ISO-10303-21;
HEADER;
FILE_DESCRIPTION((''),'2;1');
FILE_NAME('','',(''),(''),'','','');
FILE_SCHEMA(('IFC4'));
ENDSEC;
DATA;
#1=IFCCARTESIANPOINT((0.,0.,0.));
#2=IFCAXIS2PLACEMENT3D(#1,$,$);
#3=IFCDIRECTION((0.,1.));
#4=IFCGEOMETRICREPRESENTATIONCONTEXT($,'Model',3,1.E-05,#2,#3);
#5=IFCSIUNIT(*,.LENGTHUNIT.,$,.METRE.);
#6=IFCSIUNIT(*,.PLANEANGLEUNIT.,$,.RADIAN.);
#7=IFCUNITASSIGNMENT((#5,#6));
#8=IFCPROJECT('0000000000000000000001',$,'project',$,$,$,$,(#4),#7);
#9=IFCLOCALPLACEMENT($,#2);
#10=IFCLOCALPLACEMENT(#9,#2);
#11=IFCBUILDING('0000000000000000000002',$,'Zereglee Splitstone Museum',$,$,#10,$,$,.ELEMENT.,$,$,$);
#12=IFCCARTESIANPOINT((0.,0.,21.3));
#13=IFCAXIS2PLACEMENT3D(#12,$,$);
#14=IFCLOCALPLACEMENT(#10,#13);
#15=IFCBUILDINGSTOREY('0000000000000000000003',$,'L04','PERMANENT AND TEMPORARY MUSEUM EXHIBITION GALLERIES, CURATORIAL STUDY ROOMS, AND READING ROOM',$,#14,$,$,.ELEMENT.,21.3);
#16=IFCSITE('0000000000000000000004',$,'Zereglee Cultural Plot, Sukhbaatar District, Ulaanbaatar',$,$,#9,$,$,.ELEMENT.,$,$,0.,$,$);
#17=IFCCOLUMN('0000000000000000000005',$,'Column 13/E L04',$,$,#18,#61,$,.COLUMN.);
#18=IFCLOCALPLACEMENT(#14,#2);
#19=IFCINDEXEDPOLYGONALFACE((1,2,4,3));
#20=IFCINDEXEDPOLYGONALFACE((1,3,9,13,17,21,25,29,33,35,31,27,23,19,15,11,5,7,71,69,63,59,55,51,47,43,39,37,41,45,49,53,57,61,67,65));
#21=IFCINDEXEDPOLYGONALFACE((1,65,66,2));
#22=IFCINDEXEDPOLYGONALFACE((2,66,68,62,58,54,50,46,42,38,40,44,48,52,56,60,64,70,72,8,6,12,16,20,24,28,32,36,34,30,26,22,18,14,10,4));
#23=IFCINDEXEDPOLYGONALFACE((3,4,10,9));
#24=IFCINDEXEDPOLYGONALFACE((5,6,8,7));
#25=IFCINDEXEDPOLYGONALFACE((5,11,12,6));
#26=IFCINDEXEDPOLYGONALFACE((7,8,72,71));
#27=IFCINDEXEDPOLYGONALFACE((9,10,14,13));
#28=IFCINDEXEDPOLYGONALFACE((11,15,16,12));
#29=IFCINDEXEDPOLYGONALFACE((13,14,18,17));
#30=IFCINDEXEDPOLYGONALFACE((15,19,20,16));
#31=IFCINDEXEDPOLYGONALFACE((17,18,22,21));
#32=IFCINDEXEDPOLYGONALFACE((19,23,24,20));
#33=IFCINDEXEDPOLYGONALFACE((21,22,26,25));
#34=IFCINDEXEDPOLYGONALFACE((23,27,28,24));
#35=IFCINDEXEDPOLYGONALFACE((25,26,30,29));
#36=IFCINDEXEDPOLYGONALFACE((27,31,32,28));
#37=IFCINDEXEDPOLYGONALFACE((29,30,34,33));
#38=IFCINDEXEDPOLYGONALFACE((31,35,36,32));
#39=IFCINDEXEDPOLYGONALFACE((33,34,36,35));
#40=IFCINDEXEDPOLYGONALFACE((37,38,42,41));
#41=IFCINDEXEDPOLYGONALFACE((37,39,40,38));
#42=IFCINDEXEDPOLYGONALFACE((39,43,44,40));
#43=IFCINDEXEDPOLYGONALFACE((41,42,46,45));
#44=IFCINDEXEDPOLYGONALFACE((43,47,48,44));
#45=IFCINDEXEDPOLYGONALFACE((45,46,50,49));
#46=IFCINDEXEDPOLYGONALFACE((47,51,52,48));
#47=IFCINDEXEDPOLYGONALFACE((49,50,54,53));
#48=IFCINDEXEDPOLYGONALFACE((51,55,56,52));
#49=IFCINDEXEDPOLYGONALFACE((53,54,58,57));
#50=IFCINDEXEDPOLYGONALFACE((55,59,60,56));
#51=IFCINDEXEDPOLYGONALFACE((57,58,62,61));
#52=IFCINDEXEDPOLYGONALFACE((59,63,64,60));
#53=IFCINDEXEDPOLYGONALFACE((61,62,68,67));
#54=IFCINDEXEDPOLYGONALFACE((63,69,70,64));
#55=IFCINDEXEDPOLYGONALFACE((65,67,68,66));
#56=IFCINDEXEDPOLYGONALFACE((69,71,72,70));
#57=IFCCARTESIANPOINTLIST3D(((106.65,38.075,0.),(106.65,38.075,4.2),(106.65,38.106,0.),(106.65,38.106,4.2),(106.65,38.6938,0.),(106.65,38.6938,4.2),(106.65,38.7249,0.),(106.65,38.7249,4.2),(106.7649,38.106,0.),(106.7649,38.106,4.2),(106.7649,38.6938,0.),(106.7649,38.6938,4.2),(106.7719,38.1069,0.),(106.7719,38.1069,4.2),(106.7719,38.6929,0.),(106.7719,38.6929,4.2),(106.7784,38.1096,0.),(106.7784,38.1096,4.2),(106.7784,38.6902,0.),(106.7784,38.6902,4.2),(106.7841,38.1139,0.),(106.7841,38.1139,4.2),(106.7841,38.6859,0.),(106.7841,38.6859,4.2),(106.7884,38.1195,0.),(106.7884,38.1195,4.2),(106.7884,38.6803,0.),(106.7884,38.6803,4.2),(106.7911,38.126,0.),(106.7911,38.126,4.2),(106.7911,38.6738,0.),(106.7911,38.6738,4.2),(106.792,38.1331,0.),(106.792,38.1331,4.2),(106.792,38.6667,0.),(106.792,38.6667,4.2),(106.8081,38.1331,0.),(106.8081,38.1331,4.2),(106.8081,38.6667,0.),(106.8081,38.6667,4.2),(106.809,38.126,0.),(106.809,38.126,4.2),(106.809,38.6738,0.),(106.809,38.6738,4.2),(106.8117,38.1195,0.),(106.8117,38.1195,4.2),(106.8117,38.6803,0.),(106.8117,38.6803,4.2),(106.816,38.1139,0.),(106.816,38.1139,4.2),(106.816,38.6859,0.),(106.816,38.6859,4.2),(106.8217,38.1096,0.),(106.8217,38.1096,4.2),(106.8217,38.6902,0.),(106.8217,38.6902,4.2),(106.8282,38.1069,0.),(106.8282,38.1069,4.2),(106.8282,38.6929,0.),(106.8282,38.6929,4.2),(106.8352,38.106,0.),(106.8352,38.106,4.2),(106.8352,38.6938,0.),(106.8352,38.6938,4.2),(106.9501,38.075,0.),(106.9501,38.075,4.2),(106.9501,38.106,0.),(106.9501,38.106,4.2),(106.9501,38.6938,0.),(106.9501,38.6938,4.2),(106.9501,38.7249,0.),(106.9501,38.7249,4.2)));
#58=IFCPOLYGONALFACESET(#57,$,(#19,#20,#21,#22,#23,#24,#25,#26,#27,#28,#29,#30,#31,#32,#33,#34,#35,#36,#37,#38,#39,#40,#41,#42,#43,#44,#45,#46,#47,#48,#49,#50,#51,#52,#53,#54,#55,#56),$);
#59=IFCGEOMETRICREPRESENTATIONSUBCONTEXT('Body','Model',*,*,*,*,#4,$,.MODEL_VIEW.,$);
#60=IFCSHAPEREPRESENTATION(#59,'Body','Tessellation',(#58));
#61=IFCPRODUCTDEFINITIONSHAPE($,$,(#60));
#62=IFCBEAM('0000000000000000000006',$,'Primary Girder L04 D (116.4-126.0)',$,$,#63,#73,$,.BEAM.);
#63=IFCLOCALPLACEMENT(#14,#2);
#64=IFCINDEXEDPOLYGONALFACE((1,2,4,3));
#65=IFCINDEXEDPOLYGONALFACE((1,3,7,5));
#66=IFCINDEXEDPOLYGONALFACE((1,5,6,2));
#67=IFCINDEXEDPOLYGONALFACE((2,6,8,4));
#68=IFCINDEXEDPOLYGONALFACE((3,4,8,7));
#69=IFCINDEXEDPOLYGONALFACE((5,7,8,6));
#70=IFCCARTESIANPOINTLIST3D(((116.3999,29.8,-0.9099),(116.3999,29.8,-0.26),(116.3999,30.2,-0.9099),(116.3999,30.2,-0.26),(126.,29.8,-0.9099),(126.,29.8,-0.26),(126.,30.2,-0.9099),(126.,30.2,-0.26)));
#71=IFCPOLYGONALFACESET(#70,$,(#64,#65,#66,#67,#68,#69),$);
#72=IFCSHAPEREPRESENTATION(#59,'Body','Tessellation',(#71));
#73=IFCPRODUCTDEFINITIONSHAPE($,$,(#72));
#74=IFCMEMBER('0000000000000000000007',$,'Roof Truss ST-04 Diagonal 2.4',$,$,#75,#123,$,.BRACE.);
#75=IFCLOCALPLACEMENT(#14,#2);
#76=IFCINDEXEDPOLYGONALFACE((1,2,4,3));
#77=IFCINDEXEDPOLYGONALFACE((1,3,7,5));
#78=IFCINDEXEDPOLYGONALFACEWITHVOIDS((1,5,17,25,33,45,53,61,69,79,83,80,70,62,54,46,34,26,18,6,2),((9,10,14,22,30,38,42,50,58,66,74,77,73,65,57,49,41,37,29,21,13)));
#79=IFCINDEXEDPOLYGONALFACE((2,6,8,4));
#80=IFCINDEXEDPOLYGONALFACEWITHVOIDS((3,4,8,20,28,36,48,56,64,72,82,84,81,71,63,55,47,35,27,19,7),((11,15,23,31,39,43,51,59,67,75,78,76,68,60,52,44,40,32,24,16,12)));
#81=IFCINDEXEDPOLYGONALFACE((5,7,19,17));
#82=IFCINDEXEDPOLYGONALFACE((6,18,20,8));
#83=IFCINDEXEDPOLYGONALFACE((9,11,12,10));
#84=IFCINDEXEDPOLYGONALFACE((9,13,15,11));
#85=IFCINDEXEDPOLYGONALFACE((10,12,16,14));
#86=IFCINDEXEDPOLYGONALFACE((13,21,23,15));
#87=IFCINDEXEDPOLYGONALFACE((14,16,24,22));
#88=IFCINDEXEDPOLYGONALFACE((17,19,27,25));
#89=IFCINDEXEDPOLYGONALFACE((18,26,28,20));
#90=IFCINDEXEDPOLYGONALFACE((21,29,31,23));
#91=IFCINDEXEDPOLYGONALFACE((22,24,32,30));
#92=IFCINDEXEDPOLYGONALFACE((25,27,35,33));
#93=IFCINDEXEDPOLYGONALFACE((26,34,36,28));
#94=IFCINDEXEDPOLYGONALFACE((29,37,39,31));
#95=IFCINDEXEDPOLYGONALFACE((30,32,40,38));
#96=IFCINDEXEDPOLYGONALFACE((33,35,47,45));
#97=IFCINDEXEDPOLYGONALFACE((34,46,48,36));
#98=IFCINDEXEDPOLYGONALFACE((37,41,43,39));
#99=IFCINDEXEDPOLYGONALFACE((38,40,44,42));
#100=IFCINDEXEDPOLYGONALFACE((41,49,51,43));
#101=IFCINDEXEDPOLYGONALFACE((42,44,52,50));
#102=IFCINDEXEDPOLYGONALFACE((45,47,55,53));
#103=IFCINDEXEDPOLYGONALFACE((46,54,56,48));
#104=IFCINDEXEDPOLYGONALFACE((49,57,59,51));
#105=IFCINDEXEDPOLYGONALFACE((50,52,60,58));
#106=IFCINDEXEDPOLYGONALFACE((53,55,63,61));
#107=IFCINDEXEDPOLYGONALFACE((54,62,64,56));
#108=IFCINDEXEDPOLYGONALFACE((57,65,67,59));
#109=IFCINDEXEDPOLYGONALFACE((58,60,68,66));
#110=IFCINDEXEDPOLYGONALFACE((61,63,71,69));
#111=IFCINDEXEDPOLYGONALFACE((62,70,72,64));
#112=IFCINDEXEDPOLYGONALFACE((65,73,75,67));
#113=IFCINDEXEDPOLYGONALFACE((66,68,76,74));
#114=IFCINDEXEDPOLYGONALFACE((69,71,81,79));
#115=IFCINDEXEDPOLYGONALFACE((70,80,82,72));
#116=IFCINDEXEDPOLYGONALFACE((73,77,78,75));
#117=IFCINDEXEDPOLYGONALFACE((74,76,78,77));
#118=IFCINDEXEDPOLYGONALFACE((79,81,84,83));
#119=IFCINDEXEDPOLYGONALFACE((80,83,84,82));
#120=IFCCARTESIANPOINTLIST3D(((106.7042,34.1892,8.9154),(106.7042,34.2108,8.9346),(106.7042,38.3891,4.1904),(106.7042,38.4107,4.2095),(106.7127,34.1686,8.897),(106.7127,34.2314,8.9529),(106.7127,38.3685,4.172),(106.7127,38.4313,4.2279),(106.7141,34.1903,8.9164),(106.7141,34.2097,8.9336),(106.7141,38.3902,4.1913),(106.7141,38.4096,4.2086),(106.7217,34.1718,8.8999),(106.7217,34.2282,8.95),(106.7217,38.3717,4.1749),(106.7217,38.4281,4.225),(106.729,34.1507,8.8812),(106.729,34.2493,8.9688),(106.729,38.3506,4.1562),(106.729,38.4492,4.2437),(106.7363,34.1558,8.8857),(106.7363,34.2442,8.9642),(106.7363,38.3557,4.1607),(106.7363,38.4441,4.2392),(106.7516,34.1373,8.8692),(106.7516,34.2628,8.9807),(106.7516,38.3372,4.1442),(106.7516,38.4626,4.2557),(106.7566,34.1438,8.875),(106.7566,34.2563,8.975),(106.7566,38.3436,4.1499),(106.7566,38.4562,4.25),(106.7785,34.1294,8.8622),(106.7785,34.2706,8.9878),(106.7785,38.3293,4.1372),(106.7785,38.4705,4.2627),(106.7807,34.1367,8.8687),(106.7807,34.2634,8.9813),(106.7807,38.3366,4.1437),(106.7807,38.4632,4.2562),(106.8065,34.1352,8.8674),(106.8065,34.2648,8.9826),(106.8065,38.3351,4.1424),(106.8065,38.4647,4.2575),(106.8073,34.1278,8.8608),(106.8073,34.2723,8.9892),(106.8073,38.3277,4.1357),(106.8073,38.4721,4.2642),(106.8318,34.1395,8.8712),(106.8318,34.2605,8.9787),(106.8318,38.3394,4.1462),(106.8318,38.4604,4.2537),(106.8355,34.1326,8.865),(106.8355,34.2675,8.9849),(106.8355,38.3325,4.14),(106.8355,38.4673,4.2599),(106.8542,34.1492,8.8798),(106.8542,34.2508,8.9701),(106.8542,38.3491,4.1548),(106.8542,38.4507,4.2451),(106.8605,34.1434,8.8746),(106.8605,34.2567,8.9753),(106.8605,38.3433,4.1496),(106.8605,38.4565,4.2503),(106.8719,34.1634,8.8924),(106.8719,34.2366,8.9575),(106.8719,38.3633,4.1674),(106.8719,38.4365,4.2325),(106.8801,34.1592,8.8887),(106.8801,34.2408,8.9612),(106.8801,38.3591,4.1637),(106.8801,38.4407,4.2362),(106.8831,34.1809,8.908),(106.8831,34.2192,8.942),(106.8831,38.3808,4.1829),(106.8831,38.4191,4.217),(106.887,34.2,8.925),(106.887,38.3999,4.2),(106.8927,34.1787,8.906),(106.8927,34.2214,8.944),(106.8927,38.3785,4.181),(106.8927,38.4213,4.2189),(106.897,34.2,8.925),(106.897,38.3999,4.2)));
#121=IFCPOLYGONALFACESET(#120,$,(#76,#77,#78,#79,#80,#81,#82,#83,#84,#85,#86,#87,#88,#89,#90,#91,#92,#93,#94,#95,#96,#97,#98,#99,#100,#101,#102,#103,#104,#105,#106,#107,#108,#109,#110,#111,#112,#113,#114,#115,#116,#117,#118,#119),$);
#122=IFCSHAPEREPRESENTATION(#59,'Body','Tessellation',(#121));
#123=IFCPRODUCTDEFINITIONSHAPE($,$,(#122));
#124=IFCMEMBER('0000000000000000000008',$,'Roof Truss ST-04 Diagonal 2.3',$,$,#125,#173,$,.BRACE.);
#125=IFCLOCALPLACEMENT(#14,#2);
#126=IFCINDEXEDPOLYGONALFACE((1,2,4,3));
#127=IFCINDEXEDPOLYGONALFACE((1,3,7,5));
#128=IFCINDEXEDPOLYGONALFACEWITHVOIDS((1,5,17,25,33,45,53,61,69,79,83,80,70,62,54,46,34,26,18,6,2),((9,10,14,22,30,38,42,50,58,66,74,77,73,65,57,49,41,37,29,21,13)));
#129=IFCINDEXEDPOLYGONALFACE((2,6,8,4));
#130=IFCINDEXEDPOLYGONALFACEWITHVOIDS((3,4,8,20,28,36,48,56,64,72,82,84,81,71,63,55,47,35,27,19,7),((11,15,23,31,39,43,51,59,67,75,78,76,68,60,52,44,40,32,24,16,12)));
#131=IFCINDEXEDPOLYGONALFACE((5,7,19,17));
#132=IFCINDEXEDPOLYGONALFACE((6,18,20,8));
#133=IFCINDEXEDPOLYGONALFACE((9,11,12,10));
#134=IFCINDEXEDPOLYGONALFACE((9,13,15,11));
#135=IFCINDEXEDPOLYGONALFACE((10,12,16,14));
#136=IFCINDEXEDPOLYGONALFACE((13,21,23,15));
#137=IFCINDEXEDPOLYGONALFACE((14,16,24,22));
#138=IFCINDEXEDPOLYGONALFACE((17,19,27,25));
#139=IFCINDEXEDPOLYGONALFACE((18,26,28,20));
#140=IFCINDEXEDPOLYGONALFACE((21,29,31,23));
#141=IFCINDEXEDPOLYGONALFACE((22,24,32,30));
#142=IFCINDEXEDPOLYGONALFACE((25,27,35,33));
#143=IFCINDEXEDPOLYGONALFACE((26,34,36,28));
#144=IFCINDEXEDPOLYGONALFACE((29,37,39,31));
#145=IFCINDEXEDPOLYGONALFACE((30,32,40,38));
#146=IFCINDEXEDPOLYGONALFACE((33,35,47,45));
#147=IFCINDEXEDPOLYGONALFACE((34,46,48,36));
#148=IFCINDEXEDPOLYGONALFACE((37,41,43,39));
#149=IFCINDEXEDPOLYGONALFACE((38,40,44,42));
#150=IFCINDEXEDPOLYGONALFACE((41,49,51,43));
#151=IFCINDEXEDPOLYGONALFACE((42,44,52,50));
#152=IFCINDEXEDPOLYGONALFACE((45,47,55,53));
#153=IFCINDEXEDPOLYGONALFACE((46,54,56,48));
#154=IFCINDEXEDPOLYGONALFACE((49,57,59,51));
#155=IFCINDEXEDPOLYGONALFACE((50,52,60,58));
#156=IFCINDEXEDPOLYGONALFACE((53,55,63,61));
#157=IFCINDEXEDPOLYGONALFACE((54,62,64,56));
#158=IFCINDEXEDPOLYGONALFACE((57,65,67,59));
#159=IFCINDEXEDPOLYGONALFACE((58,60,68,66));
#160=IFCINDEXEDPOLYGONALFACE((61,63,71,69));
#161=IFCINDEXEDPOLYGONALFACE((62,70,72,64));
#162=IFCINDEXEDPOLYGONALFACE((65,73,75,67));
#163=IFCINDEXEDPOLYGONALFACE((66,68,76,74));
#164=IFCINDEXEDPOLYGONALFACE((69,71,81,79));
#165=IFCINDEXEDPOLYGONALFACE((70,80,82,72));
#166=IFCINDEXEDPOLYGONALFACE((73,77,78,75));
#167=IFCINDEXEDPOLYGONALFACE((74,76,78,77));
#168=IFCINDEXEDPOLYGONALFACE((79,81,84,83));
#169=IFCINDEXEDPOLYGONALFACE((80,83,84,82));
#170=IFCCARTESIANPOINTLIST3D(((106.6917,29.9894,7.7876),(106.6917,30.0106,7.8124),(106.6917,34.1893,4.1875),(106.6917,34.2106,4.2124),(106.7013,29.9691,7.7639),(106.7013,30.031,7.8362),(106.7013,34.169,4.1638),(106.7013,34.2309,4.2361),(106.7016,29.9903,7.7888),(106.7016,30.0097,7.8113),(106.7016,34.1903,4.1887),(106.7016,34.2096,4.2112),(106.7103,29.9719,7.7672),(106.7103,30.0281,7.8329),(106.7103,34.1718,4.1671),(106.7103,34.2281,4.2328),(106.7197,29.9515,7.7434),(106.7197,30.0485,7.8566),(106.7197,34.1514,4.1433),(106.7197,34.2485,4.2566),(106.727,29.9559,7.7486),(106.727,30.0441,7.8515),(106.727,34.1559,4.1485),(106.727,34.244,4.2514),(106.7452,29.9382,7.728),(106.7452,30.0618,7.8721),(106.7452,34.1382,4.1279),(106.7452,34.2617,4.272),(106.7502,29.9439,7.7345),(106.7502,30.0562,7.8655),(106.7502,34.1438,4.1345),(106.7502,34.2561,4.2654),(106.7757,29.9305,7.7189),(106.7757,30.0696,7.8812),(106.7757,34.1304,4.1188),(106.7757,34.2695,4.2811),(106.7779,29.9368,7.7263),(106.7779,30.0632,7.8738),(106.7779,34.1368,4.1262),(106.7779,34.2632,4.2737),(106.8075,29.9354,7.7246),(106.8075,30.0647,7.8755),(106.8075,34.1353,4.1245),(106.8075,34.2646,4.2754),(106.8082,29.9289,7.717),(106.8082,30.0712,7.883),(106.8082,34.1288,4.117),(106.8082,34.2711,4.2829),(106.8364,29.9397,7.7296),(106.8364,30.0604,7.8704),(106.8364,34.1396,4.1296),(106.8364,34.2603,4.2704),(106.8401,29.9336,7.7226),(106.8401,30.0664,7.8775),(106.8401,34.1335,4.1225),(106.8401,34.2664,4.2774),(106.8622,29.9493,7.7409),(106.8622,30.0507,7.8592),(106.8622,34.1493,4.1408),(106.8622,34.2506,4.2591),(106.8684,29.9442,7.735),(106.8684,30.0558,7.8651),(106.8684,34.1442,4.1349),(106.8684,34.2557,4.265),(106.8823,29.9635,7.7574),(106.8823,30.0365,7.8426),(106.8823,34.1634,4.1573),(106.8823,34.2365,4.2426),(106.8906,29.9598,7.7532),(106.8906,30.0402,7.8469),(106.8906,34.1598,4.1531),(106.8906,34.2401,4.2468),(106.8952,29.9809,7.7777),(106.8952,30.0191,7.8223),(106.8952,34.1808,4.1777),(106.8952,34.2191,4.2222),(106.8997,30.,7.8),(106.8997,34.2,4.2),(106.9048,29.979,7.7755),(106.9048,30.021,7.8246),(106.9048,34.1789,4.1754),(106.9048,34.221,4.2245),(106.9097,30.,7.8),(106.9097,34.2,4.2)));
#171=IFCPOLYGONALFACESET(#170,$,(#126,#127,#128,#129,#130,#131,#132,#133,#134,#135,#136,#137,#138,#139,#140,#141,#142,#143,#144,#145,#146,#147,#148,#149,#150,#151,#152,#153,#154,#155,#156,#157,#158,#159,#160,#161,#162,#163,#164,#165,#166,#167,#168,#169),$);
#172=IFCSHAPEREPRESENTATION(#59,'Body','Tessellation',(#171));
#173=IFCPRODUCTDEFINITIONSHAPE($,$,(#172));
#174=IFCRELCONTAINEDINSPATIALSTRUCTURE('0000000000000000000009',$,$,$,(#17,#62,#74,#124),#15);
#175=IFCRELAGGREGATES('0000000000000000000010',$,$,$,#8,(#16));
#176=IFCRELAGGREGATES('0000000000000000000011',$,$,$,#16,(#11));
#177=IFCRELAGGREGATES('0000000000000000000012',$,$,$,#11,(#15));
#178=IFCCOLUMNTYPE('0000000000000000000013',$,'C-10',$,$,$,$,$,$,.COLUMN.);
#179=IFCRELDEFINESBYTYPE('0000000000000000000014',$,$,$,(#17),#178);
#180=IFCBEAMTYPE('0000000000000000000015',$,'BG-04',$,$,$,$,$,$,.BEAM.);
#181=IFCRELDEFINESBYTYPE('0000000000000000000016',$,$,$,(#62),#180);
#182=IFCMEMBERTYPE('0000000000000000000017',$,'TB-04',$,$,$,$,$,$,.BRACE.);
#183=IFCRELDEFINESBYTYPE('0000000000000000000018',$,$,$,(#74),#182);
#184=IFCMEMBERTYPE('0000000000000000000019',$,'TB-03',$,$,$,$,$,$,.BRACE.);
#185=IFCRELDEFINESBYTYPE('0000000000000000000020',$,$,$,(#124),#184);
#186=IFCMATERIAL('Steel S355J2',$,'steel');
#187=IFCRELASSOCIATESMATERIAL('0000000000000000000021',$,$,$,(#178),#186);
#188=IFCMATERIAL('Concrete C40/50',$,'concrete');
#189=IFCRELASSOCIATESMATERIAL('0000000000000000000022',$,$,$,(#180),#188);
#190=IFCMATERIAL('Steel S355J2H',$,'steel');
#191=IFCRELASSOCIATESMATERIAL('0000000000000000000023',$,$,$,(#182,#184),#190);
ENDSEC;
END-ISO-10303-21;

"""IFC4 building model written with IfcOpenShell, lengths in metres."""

from ifc_helpers import new_model, si_unit, direction, frame, origin, origin_2d, place, context, subcontext, project, spatial, rectangle, hollow_circle, i_section, extrude, material, material_profile, profile_set, type_object, element, save


model = new_model("IFC4")

# Units and contexts
model_context = context("Model", 3, precision=1e-05, world=origin(), true_north=direction((0.0, 1.0)))
body_context = subcontext(model_context, "Body", "Model", "MODEL_VIEW")
ifc_project = project(units=[si_unit("LENGTHUNIT", "METRE"), si_unit("PLANEANGLEUNIT", "RADIAN")], contexts=[model_context])

# Site, building, storey
site_placement = place(None, origin())
site = spatial("IfcSite", under=ifc_project, at=site_placement, Name="Zereglee Cultural Plot, Sukhbaatar District, Ulaanbaatar", CompositionType="ELEMENT", RefElevation=0.0)
building_placement = place(site_placement, origin())
building = spatial("IfcBuilding", under=site, at=building_placement, Name="Zereglee Splitstone Museum", CompositionType="ELEMENT")
storey_placement = place(building_placement, frame((0.0, 0.0, 21.3)))
storey = spatial("IfcBuildingStorey", under=building, at=storey_placement, Name="L04", Description="PERMANENT AND TEMPORARY MUSEUM EXHIBITION GALLERIES, CURATORIAL STUDY ROOMS, AND READING ROOM", CompositionType="ELEMENT", Elevation=21.3)

# Column
ifc_material_1 = material(Name="Steel S355J2", Category="steel")
ifc_material_profile_1 = material_profile(ifc_material_1, i_section(OverallWidth=0.3, OverallDepth=0.6499, WebThickness=0.0161, FlangeThickness=0.031, FilletRadius=0.0271, at=origin_2d()), Name="HE 650 B")
ifc_profile_set_1 = profile_set([ifc_material_profile_1], Name="Steel S355J2")
column_type = type_object("IfcColumnType", Name="C-10", PredefinedType="COLUMN", material=ifc_profile_set_1)
column_placement = place(storey_placement, frame((106.8, 38.3999, 0.0), z_axis=(0.0, 0.0, 1.0), x_axis=(1.0, 0.0, 0.0)))
element("IfcColumn", 1, at=column_placement, inside=storey, type_object=column_type, Name="Column 13/E L04", PredefinedType="COLUMN", context=body_context, shape_type="SweptSolid", body=[
    extrude(i_section(OverallWidth=0.3, OverallDepth=0.6499, WebThickness=0.0161, FlangeThickness=0.031, FilletRadius=0.0271, at=origin_2d()), origin(), (0.0, 0.0, 1.0), 4.2),
])

# Beam
ifc_material_2 = material(Name="Concrete C40/50", Category="concrete")
ifc_material_profile_2 = material_profile(ifc_material_2, rectangle(XDim=0.3999, YDim=0.6499, at=origin_2d()), Name="RC 400x650")
ifc_profile_set_2 = profile_set([ifc_material_profile_2], Name="Concrete C40/50")
beam_type_1 = type_object("IfcBeamType", Name="BG-04", PredefinedType="BEAM", material=ifc_profile_set_2)
beam_1_placement = place(storey_placement, frame((116.3999, 30.0, -0.585), z_axis=(1.0, 0.0, 0.0), x_axis=(0.0, 1.0, 0.0)))
element("IfcBeam", 2, at=beam_1_placement, inside=storey, type_object=beam_type_1, Name="Primary Girder L04 D (116.4-126.0)", PredefinedType="BEAM", context=body_context, shape_type="SweptSolid", body=[
    extrude(rectangle(XDim=0.3999, YDim=0.6499, at=origin_2d()), origin(), (0.0, 0.0, 1.0), 9.6001),
])

# Members
ifc_material_3 = material(Name="Steel S355J2H", Category="steel")
ifc_material_profile_3 = material_profile(ifc_material_3, hollow_circle(Radius=0.0969, WallThickness=0.01, at=origin_2d()), Name="CHS 193.7x10")
ifc_profile_set_3 = profile_set([ifc_material_profile_3], Name="Steel S355J2H")
member_type_1 = type_object("IfcMemberType", Name="TB-04", PredefinedType="BRACE", material=ifc_profile_set_3)
member_1_placement = place(storey_placement, frame((106.8, 38.3999, 4.2), z_axis=(0.0, -0.664352, 0.74742), x_axis=(1.0, 0.0, 0.0)))
element("IfcMember", 3, at=member_1_placement, inside=storey, type_object=member_type_1, Name="Roof Truss ST-04 Diagonal 2.4", PredefinedType="BRACE", context=body_context, shape_type="SweptSolid", body=[
    extrude(hollow_circle(Radius=0.0969, WallThickness=0.01, at=origin_2d()), origin(), (0.0, 0.0, 1.0), 6.3218),
])
ifc_material_profile_4 = material_profile(ifc_material_3, hollow_circle(Radius=0.1096, WallThickness=0.01, at=origin_2d()), Name="CHS 219.1x10")
ifc_profile_set_4 = profile_set([ifc_material_profile_4], Name="Steel S355J2H")
member_type_2 = type_object("IfcMemberType", Name="TB-03", PredefinedType="BRACE", material=ifc_profile_set_4)
member_2_placement = place(storey_placement, frame((106.8, 34.2, 4.2), z_axis=(0.0, -0.759244, 0.650806), x_axis=(1.0, 0.0, 0.0)))
element("IfcMember", 4, at=member_2_placement, inside=storey, type_object=member_type_2, Name="Roof Truss ST-04 Diagonal 2.3", PredefinedType="BRACE", context=body_context, shape_type="SweptSolid", body=[
    extrude(hollow_circle(Radius=0.1096, WallThickness=0.01, at=origin_2d()), origin(), (0.0, 0.0, 1.0), 5.5317),
])

save(model, "model.ifc")
